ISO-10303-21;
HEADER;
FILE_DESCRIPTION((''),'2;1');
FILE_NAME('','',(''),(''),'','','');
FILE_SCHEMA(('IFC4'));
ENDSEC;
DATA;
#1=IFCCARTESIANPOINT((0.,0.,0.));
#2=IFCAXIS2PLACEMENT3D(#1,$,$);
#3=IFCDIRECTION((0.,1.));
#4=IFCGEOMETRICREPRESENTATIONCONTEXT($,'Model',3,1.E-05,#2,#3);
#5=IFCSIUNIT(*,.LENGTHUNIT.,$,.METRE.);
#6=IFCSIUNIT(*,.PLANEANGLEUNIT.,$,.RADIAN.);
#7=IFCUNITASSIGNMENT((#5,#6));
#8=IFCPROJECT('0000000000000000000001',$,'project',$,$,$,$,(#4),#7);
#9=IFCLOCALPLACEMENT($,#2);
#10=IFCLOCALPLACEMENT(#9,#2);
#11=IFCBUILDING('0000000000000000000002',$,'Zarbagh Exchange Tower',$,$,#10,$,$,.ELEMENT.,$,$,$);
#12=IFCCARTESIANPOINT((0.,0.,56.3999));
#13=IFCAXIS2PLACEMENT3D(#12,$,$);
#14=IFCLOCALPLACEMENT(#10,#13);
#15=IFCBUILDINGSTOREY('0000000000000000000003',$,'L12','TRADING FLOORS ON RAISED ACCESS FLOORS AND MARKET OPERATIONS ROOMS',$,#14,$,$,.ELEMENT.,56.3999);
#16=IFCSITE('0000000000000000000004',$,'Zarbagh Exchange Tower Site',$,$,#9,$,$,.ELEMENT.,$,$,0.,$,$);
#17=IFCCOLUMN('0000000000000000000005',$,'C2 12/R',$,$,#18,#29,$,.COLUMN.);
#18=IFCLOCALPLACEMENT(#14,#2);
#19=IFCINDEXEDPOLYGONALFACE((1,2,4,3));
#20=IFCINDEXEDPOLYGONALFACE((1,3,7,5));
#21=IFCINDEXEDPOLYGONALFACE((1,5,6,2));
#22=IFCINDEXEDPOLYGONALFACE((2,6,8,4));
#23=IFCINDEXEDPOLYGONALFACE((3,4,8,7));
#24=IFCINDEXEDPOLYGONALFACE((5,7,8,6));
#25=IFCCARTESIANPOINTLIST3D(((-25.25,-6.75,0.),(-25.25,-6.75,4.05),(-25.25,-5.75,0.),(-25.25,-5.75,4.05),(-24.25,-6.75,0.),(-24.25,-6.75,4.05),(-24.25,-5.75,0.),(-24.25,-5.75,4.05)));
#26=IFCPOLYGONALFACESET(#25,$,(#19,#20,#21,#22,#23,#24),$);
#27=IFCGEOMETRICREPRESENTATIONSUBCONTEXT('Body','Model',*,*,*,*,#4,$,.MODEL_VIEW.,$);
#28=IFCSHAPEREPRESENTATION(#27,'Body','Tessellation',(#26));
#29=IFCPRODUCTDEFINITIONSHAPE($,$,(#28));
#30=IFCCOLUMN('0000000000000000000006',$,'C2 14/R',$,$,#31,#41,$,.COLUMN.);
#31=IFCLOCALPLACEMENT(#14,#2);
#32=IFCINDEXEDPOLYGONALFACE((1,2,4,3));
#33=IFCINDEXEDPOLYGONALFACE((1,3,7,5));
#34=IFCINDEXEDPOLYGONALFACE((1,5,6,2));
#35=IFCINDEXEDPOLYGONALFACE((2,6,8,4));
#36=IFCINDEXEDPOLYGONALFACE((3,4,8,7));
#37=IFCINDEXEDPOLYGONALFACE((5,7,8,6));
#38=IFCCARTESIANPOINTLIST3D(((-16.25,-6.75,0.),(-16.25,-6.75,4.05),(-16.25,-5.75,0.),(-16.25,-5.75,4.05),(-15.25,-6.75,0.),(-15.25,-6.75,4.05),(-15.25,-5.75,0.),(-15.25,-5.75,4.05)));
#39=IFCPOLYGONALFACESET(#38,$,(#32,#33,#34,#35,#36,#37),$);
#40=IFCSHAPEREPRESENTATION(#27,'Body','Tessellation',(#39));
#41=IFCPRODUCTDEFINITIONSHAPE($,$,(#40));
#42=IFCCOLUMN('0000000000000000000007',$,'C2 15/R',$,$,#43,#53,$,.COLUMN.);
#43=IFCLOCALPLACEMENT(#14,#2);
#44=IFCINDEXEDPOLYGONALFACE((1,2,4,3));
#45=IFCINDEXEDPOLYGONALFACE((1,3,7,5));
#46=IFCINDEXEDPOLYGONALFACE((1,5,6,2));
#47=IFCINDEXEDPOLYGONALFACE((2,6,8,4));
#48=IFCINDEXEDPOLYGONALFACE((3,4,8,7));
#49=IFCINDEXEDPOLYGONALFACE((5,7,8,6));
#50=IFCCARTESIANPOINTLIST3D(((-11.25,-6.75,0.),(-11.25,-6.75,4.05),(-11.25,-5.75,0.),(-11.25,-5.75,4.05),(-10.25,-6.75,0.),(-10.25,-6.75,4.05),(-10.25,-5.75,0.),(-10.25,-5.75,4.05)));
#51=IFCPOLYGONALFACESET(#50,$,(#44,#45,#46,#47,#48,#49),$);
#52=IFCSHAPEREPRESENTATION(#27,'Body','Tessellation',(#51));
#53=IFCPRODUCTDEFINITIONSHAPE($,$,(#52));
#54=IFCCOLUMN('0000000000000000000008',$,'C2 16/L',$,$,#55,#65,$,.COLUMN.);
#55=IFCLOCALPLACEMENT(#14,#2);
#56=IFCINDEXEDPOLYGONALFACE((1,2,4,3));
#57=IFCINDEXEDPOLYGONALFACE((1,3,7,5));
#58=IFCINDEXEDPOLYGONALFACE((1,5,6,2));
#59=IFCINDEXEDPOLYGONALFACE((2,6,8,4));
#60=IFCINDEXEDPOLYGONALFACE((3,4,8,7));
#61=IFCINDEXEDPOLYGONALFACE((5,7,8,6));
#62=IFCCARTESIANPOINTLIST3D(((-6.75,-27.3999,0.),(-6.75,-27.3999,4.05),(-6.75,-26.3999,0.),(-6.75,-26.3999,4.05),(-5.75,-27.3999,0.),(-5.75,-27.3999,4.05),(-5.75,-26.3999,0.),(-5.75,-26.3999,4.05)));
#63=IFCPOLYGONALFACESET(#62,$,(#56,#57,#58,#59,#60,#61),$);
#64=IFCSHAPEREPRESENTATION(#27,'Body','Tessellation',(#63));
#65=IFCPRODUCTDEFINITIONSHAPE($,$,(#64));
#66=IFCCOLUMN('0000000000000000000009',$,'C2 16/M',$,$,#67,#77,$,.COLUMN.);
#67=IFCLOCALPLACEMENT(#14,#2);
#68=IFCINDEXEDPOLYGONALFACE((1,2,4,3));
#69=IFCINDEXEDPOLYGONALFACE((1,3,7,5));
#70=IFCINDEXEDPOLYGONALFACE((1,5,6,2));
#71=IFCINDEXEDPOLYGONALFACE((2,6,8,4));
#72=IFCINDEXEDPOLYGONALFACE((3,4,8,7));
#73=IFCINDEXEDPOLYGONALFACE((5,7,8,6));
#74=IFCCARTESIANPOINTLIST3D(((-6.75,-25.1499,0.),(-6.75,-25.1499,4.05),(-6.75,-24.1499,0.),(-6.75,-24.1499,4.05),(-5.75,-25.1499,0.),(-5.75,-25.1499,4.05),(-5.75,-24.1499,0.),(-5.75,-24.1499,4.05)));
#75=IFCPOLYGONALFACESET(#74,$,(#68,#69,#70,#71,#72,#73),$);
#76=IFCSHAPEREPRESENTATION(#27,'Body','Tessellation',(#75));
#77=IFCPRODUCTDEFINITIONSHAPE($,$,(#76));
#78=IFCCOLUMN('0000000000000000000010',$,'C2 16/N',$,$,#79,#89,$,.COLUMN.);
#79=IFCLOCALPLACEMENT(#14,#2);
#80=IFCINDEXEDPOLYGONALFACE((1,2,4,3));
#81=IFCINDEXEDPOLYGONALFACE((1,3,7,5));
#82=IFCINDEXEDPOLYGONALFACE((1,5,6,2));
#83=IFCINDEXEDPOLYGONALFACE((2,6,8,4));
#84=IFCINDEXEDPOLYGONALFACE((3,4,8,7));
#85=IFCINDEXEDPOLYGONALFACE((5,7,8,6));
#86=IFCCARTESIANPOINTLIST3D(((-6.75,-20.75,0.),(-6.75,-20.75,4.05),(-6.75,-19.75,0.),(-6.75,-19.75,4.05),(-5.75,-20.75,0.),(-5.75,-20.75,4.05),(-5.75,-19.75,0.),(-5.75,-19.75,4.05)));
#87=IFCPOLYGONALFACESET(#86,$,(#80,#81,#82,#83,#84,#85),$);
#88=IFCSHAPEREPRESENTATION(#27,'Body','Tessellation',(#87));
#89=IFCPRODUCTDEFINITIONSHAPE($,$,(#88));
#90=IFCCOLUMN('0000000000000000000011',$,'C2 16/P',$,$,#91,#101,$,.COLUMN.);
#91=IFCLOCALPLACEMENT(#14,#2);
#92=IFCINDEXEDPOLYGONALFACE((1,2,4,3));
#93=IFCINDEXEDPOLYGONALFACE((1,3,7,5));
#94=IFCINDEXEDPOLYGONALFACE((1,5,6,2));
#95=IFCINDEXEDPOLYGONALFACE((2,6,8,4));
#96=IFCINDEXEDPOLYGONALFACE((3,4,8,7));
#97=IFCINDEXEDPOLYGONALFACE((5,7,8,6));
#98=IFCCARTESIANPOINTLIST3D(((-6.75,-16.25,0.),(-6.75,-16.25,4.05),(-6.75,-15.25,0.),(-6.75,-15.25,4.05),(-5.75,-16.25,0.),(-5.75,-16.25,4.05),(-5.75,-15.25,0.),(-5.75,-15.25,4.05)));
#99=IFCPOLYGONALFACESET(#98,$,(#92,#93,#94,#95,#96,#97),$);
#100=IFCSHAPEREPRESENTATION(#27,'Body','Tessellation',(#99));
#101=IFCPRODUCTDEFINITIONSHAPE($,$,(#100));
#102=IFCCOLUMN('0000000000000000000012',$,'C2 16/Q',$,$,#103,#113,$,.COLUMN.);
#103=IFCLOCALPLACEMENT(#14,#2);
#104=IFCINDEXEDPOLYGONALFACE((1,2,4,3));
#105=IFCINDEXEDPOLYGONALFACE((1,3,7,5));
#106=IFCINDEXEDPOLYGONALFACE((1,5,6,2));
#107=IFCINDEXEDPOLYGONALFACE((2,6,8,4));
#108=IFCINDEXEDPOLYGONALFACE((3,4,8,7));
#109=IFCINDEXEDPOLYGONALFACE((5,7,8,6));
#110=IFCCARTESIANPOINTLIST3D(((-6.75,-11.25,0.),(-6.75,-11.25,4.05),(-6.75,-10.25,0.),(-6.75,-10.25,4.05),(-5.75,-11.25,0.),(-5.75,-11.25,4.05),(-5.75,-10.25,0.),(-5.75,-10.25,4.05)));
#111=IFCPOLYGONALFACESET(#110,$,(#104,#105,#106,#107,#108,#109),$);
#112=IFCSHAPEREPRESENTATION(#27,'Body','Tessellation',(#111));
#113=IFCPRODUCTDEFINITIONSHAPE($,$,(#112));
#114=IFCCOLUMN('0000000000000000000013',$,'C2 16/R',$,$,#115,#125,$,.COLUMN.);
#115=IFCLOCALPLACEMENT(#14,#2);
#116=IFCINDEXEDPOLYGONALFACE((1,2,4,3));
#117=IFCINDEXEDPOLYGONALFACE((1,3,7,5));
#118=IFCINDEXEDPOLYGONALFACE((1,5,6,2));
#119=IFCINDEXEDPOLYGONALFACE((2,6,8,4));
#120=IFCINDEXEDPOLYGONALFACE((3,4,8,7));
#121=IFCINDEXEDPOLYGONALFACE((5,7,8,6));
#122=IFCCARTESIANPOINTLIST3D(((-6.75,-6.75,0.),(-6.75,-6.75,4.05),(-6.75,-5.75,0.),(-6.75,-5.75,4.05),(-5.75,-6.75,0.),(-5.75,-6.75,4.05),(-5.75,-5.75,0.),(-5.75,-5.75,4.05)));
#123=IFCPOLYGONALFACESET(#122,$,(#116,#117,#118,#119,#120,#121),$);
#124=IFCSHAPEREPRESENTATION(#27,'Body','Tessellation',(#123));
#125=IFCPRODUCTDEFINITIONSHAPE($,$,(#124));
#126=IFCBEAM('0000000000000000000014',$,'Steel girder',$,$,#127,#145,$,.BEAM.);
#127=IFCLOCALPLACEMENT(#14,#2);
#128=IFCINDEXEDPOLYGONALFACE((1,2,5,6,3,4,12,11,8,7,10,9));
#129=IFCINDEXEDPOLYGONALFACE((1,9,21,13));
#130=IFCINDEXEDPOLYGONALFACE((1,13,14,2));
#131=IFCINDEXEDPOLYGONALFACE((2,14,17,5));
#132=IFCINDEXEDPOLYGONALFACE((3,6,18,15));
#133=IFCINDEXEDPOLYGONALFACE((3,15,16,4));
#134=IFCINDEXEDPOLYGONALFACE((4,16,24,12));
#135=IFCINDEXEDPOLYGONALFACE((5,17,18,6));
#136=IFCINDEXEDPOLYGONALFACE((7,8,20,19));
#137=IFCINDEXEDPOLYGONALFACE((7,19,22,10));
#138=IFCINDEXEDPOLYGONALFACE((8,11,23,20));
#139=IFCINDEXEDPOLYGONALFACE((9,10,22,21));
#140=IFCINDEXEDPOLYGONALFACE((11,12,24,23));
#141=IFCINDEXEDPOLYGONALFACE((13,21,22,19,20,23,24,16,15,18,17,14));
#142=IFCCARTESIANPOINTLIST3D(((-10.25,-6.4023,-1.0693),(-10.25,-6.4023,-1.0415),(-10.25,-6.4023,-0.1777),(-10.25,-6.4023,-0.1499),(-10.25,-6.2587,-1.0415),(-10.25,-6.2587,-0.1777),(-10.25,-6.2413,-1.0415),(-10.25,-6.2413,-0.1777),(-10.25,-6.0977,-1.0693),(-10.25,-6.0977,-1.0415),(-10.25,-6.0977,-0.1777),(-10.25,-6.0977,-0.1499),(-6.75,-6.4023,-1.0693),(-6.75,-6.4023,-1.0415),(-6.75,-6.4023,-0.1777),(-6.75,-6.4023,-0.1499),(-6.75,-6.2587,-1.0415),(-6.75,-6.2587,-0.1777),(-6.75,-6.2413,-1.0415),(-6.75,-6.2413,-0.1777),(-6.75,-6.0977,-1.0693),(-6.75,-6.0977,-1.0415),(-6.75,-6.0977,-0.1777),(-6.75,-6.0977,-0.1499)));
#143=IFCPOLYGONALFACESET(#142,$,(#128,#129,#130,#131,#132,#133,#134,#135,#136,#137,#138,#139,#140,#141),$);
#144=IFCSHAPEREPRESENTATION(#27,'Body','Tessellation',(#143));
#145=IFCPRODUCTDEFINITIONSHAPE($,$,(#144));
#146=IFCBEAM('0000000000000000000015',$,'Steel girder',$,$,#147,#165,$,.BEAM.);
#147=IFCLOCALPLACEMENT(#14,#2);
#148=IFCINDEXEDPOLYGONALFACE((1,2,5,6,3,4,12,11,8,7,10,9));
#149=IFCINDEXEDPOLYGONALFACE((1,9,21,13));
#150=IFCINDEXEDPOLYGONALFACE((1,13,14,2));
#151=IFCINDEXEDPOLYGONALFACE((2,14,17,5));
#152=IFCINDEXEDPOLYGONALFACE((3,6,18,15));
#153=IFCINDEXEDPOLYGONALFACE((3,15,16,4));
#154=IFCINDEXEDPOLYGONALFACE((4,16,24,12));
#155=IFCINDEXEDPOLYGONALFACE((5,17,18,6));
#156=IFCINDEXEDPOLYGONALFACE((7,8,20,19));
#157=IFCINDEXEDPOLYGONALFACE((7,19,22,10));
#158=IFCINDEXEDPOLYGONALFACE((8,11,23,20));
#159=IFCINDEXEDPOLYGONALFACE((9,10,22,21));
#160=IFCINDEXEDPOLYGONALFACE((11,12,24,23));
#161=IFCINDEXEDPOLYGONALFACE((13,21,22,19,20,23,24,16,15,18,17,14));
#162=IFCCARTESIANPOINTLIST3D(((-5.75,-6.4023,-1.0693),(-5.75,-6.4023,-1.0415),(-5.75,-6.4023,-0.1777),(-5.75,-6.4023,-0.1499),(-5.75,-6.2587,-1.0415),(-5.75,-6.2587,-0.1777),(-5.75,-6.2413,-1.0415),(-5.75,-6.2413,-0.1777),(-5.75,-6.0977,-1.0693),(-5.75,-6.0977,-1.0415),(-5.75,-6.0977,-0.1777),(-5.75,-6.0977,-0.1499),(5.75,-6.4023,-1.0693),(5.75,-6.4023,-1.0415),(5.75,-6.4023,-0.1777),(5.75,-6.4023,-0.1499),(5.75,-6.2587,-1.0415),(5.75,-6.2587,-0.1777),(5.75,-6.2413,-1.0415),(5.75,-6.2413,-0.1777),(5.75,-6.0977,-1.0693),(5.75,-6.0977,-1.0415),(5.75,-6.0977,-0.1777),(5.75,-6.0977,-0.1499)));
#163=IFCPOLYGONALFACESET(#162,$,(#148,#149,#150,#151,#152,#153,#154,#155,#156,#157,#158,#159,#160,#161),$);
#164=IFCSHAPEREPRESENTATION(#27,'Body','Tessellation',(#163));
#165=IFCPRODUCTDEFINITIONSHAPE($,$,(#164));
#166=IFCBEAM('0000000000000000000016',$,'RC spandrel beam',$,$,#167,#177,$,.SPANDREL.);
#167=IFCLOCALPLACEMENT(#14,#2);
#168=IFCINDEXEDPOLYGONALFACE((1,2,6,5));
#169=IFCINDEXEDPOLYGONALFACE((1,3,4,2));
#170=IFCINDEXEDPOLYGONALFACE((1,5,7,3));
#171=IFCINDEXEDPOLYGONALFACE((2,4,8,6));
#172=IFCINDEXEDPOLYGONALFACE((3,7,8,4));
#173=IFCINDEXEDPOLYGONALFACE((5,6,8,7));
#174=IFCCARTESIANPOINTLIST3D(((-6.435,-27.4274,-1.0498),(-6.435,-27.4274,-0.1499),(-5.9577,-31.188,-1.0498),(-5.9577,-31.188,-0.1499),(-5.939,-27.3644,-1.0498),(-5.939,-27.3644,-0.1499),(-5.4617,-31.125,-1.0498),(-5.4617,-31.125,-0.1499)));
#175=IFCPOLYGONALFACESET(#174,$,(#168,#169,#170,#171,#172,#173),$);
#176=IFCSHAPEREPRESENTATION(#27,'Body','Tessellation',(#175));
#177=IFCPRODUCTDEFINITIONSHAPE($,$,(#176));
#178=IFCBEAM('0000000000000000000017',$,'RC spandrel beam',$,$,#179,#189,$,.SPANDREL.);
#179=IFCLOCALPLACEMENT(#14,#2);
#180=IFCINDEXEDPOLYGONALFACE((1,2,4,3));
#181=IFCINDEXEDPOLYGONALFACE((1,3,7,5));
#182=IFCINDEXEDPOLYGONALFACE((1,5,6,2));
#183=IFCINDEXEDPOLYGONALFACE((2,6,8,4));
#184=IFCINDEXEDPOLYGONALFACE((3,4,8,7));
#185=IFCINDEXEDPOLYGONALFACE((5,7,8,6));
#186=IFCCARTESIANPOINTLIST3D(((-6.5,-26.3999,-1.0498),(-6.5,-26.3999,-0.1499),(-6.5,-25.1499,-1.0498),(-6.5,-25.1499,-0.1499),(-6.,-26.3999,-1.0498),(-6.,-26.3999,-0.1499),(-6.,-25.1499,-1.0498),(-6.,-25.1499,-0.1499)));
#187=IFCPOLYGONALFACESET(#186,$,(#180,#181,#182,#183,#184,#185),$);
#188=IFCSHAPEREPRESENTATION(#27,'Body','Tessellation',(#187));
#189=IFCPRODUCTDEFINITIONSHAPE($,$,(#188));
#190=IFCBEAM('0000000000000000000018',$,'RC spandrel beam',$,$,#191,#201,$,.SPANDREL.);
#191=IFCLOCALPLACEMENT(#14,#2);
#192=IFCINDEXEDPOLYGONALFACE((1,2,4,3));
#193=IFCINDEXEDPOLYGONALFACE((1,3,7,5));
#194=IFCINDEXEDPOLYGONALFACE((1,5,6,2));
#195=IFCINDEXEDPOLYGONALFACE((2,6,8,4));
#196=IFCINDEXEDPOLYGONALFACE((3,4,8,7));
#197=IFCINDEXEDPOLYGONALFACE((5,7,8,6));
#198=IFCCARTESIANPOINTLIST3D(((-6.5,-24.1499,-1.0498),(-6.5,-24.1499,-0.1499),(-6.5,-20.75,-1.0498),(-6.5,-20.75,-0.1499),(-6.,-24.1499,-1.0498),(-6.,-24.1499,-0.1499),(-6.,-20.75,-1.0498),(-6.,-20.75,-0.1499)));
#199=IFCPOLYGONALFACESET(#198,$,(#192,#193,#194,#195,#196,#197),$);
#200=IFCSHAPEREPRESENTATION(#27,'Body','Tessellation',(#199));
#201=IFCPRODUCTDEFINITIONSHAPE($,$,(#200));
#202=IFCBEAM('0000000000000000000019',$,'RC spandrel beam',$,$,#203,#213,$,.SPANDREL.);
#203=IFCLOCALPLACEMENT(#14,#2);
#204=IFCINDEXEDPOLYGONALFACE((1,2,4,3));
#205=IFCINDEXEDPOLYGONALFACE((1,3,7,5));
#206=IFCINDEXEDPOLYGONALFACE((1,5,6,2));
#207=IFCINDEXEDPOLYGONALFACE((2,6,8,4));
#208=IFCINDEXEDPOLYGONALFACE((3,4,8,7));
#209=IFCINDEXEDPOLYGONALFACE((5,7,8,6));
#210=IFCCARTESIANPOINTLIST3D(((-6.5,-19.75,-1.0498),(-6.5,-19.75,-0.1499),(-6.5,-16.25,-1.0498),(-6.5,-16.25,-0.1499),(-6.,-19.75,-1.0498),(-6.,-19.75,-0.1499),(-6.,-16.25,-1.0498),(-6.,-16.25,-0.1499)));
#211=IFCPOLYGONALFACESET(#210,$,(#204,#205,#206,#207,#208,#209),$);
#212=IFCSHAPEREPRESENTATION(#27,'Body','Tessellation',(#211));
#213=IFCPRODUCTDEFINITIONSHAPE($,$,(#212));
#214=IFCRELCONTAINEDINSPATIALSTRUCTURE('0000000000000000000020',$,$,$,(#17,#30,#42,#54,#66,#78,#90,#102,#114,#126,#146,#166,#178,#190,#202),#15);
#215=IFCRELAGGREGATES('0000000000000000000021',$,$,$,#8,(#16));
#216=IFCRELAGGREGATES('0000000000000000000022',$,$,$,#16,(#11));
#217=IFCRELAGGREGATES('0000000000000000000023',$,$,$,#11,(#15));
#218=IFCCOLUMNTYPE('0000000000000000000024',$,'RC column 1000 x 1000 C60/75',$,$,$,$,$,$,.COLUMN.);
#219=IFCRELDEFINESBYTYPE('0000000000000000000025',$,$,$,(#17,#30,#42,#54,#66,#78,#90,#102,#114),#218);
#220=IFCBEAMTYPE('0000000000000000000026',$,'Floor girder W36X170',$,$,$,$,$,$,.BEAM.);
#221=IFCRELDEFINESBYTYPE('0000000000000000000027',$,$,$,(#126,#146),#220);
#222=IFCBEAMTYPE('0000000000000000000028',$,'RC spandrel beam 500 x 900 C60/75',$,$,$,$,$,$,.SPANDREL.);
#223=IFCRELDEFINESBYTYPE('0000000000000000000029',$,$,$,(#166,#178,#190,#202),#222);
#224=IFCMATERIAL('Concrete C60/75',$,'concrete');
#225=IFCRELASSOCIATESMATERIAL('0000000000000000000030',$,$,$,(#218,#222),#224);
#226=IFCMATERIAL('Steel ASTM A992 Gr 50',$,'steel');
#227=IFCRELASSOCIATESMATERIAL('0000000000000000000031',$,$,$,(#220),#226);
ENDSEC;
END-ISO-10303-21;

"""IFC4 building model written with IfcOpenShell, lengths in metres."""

from ifc_helpers import new_model, si_unit, direction, frame, origin, origin_2d, place, context, subcontext, project, spatial, rectangle, i_section, extrude, material, material_profile, profile_set, type_object, element, save


model = new_model("IFC4")

# Units and contexts
model_context = context("Model", 3, precision=1e-05, world=origin(), true_north=direction((0.0, 1.0)))
body_context = subcontext(model_context, "Body", "Model", "MODEL_VIEW")
ifc_project = project(units=[si_unit("LENGTHUNIT", "METRE"), si_unit("PLANEANGLEUNIT", "RADIAN")], contexts=[model_context])

# Site, building, storey
site_placement = place(None, origin())
site = spatial("IfcSite", under=ifc_project, at=site_placement, Name="Zarbagh Exchange Tower Site", CompositionType="ELEMENT", RefElevation=0.0)
building_placement = place(site_placement, origin())
building = spatial("IfcBuilding", under=site, at=building_placement, Name="Zarbagh Exchange Tower", CompositionType="ELEMENT")
storey_placement = place(building_placement, frame((0.0, 0.0, 56.3999)))
storey = spatial("IfcBuildingStorey", under=building, at=storey_placement, Name="L12", Description="TRADING FLOORS ON RAISED ACCESS FLOORS AND MARKET OPERATIONS ROOMS", CompositionType="ELEMENT", Elevation=56.3999)

# Columns
ifc_material_1 = material(Name="Concrete C60/75", Category="concrete")
ifc_material_profile_1 = material_profile(ifc_material_1, rectangle(XDim=1.0, YDim=1.0, at=origin_2d()), Name="RC column 1000 x 1000 C60/75")
ifc_profile_set_1 = profile_set([ifc_material_profile_1], Name="Concrete C60/75")
column_type = type_object("IfcColumnType", Name="RC column 1000 x 1000 C60/75", PredefinedType="COLUMN", material=ifc_profile_set_1)
for number, where, z_axis, x_axis, name in (
    (1, (-24.75, -6.25, 0.0), (0.0, 0.0, 1.0), (1.0, 0.0, 0.0), "C2 12/R"),
    (2, (-15.75, -6.25, 0.0), (0.0, 0.0, 1.0), (1.0, 0.0, 0.0), "C2 14/R"),
    (3, (-10.75, -6.25, 0.0), (0.0, 0.0, 1.0), (1.0, 0.0, 0.0), "C2 15/R"),
    (4, (-6.25, -26.8999, 0.0), (0.0, 0.0, 1.0), (1.0, 0.0, 0.0), "C2 16/L"),
    (5, (-6.25, -24.6499, 0.0), (0.0, 0.0, 1.0), (1.0, 0.0, 0.0), "C2 16/M"),
    (6, (-6.25, -20.25, 0.0), (0.0, 0.0, 1.0), (1.0, 0.0, 0.0), "C2 16/N"),
    (7, (-6.25, -15.75, 0.0), (0.0, 0.0, 1.0), (1.0, 0.0, 0.0), "C2 16/P"),
    (8, (-6.25, -10.75, 0.0), (0.0, 0.0, 1.0), (1.0, 0.0, 0.0), "C2 16/Q"),
    (9, (-6.25, -6.25, 0.0), (0.0, 0.0, 1.0), (1.0, 0.0, 0.0), "C2 16/R"),
):
    element("IfcColumn", number, at=place(storey_placement, frame(where, z_axis=z_axis, x_axis=x_axis)), inside=storey, type_object=column_type, Name=name, PredefinedType="COLUMN", context=body_context, shape_type="SweptSolid", body=[
        extrude(rectangle(XDim=1.0, YDim=1.0, at=origin_2d()), origin(), (0.0, 0.0, 1.0), 4.05),
    ])

# Beams
ifc_material_2 = material(Name="Steel ASTM A992 Gr 50", Category="steel")
ifc_material_profile_2 = material_profile(ifc_material_2, i_section(OverallWidth=0.3047, OverallDepth=0.9194, WebThickness=0.0173, FlangeThickness=0.0278, at=origin_2d()), Name="W36X170")
ifc_profile_set_2 = profile_set([ifc_material_profile_2], Name="Steel ASTM A992 Gr 50")
beam_type_1 = type_object("IfcBeamType", Name="Floor girder W36X170", PredefinedType="BEAM", material=ifc_profile_set_2)
beam_1_placement = place(storey_placement, frame((-10.25, -6.25, -0.6096), z_axis=(1.0, 0.0, 0.0), x_axis=(0.0, 1.0, 0.0)))
element("IfcBeam", 10, at=beam_1_placement, inside=storey, type_object=beam_type_1, Name="Steel girder", PredefinedType="BEAM", context=body_context, shape_type="SweptSolid", body=[
    extrude(i_section(OverallWidth=0.3047, OverallDepth=0.9194, WebThickness=0.0173, FlangeThickness=0.0278, at=origin_2d()), origin(), (0.0, 0.0, 1.0), 3.5),
])
beam_2_placement = place(storey_placement, frame((-5.75, -6.25, -0.6096), z_axis=(1.0, 0.0, 0.0), x_axis=(0.0, 1.0, 0.0)))
element("IfcBeam", 11, at=beam_2_placement, inside=storey, type_object=beam_type_1, Name="Steel girder", PredefinedType="BEAM", context=body_context, shape_type="SweptSolid", body=[
    extrude(i_section(OverallWidth=0.3047, OverallDepth=0.9194, WebThickness=0.0173, FlangeThickness=0.0278, at=origin_2d()), origin(), (0.0, 0.0, 1.0), 11.5),
])
ifc_material_profile_3 = material_profile(ifc_material_1, rectangle(XDim=0.5, YDim=0.8999, at=origin_2d()), Name="RC spandrel beam 500 x 900 C60/75")
ifc_profile_set_3 = profile_set([ifc_material_profile_3], Name="Concrete C60/75")
beam_type_2 = type_object("IfcBeamType", Name="RC spandrel beam 500 x 900 C60/75", PredefinedType="SPANDREL", material=ifc_profile_set_3)
beam_3_placement = place(storey_placement, frame((-5.7097, -31.1565, -0.5999), z_axis=(-0.125913, 0.992041, 0.0), x_axis=(-0.992041, -0.125913, 0.0)))
element("IfcBeam", 12, at=beam_3_placement, inside=storey, type_object=beam_type_2, Name="RC spandrel beam", PredefinedType="SPANDREL", context=body_context, shape_type="SweptSolid", body=[
    extrude(rectangle(XDim=0.5, YDim=0.8999, at=origin_2d()), origin(), (0.0, 0.0, 1.0), 3.7908),
])
beam_4_placement = place(storey_placement, frame((-6.25, -26.3999, -0.5999), z_axis=(0.0, 1.0, 0.0), x_axis=(-1.0, 0.0, 0.0)))
element("IfcBeam", 13, at=beam_4_placement, inside=storey, type_object=beam_type_2, Name="RC spandrel beam", PredefinedType="SPANDREL", context=body_context, shape_type="SweptSolid", body=[
    extrude(rectangle(XDim=0.5, YDim=0.8999, at=origin_2d()), origin(), (0.0, 0.0, 1.0), 1.25),
])
beam_5_placement = place(storey_placement, frame((-6.25, -24.1499, -0.5999), z_axis=(0.0, 1.0, 0.0), x_axis=(-1.0, 0.0, 0.0)))
element("IfcBeam", 14, at=beam_5_placement, inside=storey, type_object=beam_type_2, Name="RC spandrel beam", PredefinedType="SPANDREL", context=body_context, shape_type="SweptSolid", body=[
    extrude(rectangle(XDim=0.5, YDim=0.8999, at=origin_2d()), origin(), (0.0, 0.0, 1.0), 3.3999),
])
beam_6_placement = place(storey_placement, frame((-6.25, -19.75, -0.5999), z_axis=(0.0, 1.0, 0.0), x_axis=(-1.0, 0.0, 0.0)))
element("IfcBeam", 15, at=beam_6_placement, inside=storey, type_object=beam_type_2, Name="RC spandrel beam", PredefinedType="SPANDREL", context=body_context, shape_type="SweptSolid", body=[
    extrude(rectangle(XDim=0.5, YDim=0.8999, at=origin_2d()), origin(), (0.0, 0.0, 1.0), 3.5),
])

save(model, "model.ifc")
